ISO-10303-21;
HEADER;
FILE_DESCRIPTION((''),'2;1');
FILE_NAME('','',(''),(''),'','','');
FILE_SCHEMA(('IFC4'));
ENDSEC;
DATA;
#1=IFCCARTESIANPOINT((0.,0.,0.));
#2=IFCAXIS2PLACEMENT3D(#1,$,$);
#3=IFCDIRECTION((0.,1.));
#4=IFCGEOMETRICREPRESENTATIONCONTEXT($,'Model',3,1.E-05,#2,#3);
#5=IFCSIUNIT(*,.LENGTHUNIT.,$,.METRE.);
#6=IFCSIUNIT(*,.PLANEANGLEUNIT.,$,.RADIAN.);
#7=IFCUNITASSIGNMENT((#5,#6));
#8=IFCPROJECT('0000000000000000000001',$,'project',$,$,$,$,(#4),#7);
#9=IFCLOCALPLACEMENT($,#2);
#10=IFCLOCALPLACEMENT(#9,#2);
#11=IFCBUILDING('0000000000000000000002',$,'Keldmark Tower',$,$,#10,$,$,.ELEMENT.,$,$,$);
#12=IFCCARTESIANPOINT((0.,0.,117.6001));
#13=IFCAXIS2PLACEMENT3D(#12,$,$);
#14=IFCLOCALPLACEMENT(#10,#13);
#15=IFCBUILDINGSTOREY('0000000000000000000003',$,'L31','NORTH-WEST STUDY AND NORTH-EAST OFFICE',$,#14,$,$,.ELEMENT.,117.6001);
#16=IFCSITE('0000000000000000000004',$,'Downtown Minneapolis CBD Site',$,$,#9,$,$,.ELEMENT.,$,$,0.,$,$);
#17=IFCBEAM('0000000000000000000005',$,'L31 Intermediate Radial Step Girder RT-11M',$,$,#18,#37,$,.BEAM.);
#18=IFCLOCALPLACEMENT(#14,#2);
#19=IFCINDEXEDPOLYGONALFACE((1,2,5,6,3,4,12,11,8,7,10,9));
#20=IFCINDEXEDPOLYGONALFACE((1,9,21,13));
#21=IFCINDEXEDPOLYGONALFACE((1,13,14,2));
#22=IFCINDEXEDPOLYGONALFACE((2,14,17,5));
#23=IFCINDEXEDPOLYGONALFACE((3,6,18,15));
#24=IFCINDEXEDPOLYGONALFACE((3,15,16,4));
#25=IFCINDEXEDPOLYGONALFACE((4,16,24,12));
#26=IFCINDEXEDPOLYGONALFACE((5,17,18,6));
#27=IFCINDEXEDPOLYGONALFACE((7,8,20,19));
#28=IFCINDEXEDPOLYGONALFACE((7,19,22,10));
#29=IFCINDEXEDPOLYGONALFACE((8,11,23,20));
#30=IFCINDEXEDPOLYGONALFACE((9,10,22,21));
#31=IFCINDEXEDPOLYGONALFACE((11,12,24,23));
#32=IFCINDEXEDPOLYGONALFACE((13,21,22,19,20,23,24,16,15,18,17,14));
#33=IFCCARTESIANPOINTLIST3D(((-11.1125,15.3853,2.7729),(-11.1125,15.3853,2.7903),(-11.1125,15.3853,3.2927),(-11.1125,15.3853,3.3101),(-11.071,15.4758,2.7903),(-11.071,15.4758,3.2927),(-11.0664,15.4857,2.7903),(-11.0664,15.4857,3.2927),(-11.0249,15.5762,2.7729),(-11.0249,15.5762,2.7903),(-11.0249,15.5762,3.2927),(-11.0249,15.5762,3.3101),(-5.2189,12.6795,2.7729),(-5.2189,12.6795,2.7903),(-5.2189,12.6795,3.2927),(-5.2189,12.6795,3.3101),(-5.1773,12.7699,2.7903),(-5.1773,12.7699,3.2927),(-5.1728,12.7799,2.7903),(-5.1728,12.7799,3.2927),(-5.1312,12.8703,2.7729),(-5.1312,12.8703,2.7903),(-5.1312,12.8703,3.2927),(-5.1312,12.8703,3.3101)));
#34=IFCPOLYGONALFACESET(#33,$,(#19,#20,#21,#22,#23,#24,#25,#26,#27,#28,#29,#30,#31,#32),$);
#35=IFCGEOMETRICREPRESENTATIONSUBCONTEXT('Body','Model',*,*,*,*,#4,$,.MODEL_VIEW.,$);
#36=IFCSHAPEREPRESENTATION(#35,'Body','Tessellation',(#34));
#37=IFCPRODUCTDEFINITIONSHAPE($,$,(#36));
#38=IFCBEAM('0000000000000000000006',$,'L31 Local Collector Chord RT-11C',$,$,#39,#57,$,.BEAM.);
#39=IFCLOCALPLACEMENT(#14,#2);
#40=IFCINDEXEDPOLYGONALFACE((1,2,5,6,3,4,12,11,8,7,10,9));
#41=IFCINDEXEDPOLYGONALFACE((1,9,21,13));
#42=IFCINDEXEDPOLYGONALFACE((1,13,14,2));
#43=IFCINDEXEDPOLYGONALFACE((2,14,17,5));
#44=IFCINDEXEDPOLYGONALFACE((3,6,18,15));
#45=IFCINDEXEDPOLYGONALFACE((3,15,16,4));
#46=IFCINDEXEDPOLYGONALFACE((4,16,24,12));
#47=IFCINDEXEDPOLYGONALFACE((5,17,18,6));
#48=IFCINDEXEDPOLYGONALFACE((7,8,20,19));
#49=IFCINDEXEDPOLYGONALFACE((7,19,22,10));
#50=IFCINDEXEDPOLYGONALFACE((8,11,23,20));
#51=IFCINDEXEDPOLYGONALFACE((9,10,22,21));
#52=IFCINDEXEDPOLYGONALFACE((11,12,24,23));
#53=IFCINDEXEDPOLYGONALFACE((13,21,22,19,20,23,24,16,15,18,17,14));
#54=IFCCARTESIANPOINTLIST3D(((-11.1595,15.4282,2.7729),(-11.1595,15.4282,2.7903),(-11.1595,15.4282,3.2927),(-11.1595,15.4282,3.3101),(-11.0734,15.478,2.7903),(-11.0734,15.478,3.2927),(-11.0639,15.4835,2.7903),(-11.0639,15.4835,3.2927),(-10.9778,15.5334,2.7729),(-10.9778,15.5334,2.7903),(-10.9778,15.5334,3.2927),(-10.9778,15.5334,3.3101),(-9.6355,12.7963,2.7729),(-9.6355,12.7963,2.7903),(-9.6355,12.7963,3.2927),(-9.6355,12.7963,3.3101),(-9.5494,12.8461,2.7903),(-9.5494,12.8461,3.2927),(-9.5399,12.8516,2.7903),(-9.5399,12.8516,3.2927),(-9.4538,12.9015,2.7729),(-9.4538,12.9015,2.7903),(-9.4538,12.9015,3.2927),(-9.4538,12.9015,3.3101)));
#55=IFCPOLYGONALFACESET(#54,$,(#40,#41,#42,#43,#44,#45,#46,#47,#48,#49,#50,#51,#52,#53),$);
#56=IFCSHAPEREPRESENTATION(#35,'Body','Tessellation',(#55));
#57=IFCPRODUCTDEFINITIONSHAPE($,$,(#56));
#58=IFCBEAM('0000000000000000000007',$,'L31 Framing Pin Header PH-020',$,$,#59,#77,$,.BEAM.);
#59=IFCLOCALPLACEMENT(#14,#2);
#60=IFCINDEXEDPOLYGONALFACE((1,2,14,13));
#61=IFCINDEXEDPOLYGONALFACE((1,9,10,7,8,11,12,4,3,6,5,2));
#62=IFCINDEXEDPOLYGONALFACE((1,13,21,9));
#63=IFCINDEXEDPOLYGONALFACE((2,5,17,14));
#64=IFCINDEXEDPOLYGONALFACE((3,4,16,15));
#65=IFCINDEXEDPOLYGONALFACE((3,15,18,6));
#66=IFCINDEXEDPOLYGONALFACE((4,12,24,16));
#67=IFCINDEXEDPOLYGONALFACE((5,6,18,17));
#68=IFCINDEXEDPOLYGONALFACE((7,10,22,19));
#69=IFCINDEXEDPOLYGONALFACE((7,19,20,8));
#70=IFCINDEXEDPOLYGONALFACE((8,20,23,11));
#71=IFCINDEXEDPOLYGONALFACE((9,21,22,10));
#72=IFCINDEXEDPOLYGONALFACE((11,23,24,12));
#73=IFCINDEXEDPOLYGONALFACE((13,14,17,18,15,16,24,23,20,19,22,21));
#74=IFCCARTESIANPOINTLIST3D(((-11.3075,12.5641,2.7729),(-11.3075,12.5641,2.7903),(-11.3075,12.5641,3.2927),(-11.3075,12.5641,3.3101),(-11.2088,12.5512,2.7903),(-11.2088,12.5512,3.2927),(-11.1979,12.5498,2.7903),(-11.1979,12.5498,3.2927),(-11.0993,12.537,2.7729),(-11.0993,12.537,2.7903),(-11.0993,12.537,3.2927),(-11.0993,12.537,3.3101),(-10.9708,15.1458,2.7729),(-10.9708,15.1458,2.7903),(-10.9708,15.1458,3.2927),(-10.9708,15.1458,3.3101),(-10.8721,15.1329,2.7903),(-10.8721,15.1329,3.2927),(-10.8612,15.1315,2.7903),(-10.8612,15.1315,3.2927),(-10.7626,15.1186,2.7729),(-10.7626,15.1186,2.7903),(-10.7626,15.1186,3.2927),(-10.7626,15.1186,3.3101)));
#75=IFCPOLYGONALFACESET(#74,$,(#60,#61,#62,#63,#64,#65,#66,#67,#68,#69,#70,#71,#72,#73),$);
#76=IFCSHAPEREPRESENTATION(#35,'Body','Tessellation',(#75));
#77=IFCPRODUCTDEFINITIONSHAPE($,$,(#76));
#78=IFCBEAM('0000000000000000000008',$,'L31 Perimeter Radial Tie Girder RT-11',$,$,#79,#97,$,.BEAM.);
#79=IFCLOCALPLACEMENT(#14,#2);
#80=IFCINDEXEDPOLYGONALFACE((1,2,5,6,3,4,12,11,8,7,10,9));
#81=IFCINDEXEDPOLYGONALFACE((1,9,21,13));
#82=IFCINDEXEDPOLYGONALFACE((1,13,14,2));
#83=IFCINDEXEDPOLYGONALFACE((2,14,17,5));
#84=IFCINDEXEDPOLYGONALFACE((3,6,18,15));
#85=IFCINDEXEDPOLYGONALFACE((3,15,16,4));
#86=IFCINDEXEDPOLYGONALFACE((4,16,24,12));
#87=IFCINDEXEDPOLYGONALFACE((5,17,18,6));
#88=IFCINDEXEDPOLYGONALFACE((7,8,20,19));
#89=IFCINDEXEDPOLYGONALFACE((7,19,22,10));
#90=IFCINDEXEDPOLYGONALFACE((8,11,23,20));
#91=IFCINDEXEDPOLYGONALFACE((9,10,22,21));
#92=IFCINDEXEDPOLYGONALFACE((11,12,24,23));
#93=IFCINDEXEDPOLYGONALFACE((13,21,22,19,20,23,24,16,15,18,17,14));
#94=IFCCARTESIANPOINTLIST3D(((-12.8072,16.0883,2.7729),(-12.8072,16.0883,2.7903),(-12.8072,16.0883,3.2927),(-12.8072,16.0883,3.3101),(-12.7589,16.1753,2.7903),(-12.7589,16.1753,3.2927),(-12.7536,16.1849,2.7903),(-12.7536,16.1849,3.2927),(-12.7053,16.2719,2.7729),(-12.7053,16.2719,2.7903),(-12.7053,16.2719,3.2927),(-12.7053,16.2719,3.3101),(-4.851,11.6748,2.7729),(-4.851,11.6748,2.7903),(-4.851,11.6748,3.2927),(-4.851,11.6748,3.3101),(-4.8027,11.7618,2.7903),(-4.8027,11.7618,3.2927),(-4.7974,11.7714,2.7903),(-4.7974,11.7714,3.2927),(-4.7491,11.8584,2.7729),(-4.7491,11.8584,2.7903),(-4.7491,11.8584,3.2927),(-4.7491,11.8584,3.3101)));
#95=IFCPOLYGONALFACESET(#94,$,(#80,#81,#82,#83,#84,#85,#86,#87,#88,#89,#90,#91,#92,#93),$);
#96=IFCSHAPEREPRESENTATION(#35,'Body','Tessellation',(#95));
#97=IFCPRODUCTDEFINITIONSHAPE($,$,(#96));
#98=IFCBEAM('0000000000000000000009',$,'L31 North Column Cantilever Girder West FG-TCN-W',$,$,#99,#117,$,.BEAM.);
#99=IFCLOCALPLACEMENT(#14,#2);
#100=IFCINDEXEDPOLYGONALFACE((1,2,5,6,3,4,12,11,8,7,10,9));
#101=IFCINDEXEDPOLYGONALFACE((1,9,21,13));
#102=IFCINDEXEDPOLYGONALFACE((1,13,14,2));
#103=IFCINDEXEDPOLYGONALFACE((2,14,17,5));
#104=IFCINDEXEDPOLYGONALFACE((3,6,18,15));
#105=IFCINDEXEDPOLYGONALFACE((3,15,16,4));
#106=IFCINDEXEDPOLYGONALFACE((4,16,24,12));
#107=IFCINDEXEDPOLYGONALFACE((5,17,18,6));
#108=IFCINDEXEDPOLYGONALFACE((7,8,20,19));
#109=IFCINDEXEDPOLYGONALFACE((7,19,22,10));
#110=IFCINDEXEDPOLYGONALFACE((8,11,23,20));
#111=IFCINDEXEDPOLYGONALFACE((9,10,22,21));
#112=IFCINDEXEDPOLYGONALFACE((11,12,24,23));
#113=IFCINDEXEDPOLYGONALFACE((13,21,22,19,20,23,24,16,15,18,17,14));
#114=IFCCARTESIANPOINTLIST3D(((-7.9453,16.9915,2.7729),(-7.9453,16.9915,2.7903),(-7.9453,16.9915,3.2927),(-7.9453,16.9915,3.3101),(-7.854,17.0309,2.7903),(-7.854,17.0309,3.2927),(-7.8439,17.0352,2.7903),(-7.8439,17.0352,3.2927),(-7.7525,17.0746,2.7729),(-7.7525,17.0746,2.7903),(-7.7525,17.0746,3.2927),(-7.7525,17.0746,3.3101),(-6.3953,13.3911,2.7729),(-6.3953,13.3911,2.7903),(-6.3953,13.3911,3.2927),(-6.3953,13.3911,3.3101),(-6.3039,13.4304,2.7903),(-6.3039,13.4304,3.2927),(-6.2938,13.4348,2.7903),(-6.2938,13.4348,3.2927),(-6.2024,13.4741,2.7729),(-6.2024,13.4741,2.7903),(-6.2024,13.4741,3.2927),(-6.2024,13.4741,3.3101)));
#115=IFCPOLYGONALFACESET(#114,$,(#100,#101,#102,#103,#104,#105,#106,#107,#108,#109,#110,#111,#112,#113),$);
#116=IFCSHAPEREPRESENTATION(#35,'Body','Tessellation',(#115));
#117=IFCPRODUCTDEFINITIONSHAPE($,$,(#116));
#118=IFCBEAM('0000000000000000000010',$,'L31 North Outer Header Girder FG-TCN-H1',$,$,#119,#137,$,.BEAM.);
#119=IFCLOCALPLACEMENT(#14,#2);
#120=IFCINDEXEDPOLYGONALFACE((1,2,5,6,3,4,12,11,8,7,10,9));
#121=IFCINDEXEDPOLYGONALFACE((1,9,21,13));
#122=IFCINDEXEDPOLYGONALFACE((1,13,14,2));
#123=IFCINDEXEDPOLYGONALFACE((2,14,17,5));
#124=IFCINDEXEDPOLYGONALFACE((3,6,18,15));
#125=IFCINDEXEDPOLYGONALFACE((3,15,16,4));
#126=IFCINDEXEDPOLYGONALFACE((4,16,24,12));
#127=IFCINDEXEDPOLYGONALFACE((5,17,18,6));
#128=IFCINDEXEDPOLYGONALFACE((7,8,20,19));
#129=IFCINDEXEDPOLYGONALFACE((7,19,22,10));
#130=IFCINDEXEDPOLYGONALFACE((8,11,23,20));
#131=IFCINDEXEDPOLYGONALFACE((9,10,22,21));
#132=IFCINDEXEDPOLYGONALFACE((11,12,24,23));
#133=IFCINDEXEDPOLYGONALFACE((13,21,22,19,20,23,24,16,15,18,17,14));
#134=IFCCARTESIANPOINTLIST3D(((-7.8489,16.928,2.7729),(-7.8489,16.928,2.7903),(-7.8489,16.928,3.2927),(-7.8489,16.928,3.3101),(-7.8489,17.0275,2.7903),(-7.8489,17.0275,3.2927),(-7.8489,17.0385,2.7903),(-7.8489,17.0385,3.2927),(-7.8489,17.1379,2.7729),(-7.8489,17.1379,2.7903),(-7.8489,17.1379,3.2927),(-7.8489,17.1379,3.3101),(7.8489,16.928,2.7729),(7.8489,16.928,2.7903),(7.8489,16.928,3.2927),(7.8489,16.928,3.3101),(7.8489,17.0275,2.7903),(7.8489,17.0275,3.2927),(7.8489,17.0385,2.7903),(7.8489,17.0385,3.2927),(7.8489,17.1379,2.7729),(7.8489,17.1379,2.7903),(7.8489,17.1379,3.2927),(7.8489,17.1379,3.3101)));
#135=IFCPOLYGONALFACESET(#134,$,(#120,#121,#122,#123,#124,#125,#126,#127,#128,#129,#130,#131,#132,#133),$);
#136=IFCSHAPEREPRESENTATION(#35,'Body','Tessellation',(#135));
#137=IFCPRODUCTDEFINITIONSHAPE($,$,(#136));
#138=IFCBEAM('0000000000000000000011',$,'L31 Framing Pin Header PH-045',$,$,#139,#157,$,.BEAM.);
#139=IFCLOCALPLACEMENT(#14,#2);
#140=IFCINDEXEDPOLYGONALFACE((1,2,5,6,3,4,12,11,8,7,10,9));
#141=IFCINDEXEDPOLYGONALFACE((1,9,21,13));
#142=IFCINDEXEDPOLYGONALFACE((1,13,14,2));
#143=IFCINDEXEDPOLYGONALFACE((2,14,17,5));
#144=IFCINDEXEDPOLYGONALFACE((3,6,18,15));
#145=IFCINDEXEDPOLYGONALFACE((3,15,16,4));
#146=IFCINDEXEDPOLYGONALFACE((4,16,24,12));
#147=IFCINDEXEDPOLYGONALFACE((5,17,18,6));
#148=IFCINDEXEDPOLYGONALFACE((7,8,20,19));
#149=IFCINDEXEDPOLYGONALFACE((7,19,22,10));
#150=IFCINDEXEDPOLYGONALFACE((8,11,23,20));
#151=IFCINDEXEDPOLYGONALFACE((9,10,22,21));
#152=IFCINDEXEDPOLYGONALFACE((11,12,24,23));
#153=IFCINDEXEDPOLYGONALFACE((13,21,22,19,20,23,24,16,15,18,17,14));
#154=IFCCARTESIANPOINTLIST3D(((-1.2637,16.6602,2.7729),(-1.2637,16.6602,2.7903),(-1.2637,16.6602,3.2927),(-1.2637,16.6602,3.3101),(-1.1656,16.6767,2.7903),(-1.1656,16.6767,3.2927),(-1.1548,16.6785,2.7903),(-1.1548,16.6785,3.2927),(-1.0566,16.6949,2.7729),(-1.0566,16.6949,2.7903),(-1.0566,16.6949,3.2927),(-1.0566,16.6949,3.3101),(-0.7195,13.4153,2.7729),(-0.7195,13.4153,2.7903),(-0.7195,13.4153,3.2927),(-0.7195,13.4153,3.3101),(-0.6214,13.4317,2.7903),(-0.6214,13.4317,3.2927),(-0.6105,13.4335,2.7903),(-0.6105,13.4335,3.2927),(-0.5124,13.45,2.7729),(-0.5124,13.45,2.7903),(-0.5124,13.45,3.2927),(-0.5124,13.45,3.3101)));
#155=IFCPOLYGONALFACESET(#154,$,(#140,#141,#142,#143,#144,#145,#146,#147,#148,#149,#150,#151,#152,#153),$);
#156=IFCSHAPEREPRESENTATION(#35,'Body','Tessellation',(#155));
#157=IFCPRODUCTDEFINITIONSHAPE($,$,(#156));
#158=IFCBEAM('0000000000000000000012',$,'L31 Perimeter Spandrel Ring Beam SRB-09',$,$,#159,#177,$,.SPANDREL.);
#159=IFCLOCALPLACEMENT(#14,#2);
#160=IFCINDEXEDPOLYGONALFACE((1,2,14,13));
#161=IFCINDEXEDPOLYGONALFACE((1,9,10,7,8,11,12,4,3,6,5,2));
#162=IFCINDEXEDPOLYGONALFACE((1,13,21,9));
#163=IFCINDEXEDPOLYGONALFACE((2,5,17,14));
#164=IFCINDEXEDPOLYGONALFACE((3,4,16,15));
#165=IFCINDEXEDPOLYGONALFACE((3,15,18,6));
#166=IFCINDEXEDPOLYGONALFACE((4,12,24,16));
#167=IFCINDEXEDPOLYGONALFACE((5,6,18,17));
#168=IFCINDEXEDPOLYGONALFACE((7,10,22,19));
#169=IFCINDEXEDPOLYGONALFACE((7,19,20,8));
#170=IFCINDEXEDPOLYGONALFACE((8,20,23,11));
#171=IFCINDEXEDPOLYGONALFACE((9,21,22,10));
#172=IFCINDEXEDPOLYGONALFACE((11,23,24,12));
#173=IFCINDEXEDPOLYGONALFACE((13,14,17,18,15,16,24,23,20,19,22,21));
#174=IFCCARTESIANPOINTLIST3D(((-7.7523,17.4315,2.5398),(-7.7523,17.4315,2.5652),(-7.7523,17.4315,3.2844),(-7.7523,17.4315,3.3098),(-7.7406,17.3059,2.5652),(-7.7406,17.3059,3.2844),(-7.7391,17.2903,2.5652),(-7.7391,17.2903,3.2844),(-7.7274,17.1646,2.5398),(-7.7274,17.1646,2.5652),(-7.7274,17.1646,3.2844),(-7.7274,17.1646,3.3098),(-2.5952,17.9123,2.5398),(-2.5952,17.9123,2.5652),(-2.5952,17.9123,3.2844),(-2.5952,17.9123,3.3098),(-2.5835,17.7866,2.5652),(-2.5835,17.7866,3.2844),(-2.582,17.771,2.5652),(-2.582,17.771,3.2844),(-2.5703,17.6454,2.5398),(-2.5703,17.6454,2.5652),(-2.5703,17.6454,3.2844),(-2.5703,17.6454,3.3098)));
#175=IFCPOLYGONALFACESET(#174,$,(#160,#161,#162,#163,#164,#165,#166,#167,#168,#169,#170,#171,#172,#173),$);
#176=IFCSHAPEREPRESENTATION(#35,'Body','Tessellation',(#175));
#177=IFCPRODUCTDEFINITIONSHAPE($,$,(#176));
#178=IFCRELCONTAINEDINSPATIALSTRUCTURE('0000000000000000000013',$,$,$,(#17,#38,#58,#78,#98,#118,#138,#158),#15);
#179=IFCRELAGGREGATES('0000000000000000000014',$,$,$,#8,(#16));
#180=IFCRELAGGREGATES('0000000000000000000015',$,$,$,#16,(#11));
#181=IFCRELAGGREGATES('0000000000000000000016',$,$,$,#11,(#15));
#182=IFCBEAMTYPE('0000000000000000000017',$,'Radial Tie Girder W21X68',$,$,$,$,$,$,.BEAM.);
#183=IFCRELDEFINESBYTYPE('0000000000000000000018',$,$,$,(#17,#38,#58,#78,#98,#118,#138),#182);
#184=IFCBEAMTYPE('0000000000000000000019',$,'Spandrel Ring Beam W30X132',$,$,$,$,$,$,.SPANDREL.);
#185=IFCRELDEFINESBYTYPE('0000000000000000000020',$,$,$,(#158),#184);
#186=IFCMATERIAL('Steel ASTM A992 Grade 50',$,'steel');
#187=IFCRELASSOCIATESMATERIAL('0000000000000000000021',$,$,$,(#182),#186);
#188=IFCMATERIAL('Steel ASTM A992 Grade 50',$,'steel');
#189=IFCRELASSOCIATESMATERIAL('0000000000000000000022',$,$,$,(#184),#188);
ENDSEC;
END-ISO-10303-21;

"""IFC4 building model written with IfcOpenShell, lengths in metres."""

from ifc_helpers import new_model, si_unit, direction, frame, origin, origin_2d, place, context, subcontext, project, spatial, i_section, extrude, material, material_profile, profile_set, type_object, element, save


model = new_model("IFC4")

# Units and contexts
model_context = context("Model", 3, precision=1e-05, world=origin(), true_north=direction((0.0, 1.0)))
body_context = subcontext(model_context, "Body", "Model", "MODEL_VIEW")
ifc_project = project(units=[si_unit("LENGTHUNIT", "METRE"), si_unit("PLANEANGLEUNIT", "RADIAN")], contexts=[model_context])

# Site, building, storey
site_placement = place(None, origin())
site = spatial("IfcSite", under=ifc_project, at=site_placement, Name="Downtown Minneapolis CBD Site", CompositionType="ELEMENT", RefElevation=0.0)
building_placement = place(site_placement, origin())
building = spatial("IfcBuilding", under=site, at=building_placement, Name="Keldmark Tower", CompositionType="ELEMENT")
storey_placement = place(building_placement, frame((0.0, 0.0, 117.6001)))
storey = spatial("IfcBuildingStorey", under=building, at=storey_placement, Name="L31", Description="NORTH-WEST STUDY AND NORTH-EAST OFFICE", CompositionType="ELEMENT", Elevation=117.6001)

# Beams
ifc_material_1 = material(Name="Steel ASTM A992 Grade 50", Category="steel")
ifc_material_profile_1 = material_profile(ifc_material_1, i_section(OverallWidth=0.21, OverallDepth=0.5371, WebThickness=0.011, FlangeThickness=0.0173, at=origin_2d()), Name="W21X68")
ifc_profile_set_1 = profile_set([ifc_material_profile_1], Name="Steel ASTM A992 Grade 50")
beam_type_1 = type_object("IfcBeamType", Name="Radial Tie Girder W21X68", PredefinedType="BEAM", material=ifc_profile_set_1)
beam_1_placement = place(storey_placement, frame((-5.175, 12.7749, 3.0415), z_axis=(-0.908796, 0.417241, 0.0), x_axis=(-0.417241, -0.908796, 0.0)))
element("IfcBeam", 1, at=beam_1_placement, inside=storey, type_object=beam_type_1, Name="L31 Intermediate Radial Step Girder RT-11M", PredefinedType="BEAM", context=body_context, shape_type="SweptSolid", body=[
    extrude(i_section(OverallWidth=0.21, OverallDepth=0.5371, WebThickness=0.011, FlangeThickness=0.0173, at=origin_2d()), origin(), (0.0, 0.0, 1.0), 6.4851),
])
beam_2_placement = place(storey_placement, frame((-9.5447, 12.8489, 3.0415), z_axis=(-0.501093, 0.865393, 0.0), x_axis=(-0.865393, -0.501093, 0.0)))
element("IfcBeam", 2, at=beam_2_placement, inside=storey, type_object=beam_type_1, Name="L31 Local Collector Chord RT-11C", PredefinedType="BEAM", context=body_context, shape_type="SweptSolid", body=[
    extrude(i_section(OverallWidth=0.21, OverallDepth=0.5371, WebThickness=0.011, FlangeThickness=0.0173, at=origin_2d()), origin(), (0.0, 0.0, 1.0), 3.0413),
])
beam_3_placement = place(storey_placement, frame((-11.2034, 12.5505, 3.0415), z_axis=(0.129319, 0.991603, 0.0), x_axis=(-0.991603, 0.129319, 0.0)))
element("IfcBeam", 3, at=beam_3_placement, inside=storey, type_object=beam_type_1, Name="L31 Framing Pin Header PH-020", PredefinedType="BEAM", context=body_context, shape_type="SweptSolid", body=[
    extrude(i_section(OverallWidth=0.21, OverallDepth=0.5371, WebThickness=0.011, FlangeThickness=0.0173, at=origin_2d()), origin(), (0.0, 0.0, 1.0), 2.6035),
])
beam_4_placement = place(storey_placement, frame((-4.8, 11.7666, 3.0415), z_axis=(-0.874465, 0.485089, 0.0), x_axis=(-0.485089, -0.874465, 0.0)))
element("IfcBeam", 4, at=beam_4_placement, inside=storey, type_object=beam_type_1, Name="L31 Perimeter Radial Tie Girder RT-11", PredefinedType="BEAM", context=body_context, shape_type="SweptSolid", body=[
    extrude(i_section(OverallWidth=0.21, OverallDepth=0.5371, WebThickness=0.011, FlangeThickness=0.0173, at=origin_2d()), origin(), (0.0, 0.0, 1.0), 9.0984),
])
beam_5_placement = place(storey_placement, frame((-6.2988, 13.4326, 3.0415), z_axis=(-0.395437, 0.918493, 0.0), x_axis=(-0.918493, -0.395437, 0.0)))
element("IfcBeam", 5, at=beam_5_placement, inside=storey, type_object=beam_type_1, Name="L31 North Column Cantilever Girder West FG-TCN-W", PredefinedType="BEAM", context=body_context, shape_type="SweptSolid", body=[
    extrude(i_section(OverallWidth=0.21, OverallDepth=0.5371, WebThickness=0.011, FlangeThickness=0.0173, at=origin_2d()), origin(), (0.0, 0.0, 1.0), 3.9199),
])
beam_6_placement = place(storey_placement, frame((-7.8489, 17.033, 3.0415), z_axis=(1.0, 0.0, 0.0), x_axis=(0.0, 1.0, 0.0)))
element("IfcBeam", 6, at=beam_6_placement, inside=storey, type_object=beam_type_1, Name="L31 North Outer Header Girder FG-TCN-H1", PredefinedType="BEAM", context=body_context, shape_type="SweptSolid", body=[
    extrude(i_section(OverallWidth=0.21, OverallDepth=0.5371, WebThickness=0.011, FlangeThickness=0.0173, at=origin_2d()), origin(), (0.0, 0.0, 1.0), 15.6978),
])
beam_7_placement = place(storey_placement, frame((-0.616, 13.4326, 3.0415), z_axis=(-0.165398, 0.986227, 0.0), x_axis=(-0.986227, -0.165398, 0.0)))
element("IfcBeam", 7, at=beam_7_placement, inside=storey, type_object=beam_type_1, Name="L31 Framing Pin Header PH-045", PredefinedType="BEAM", context=body_context, shape_type="SweptSolid", body=[
    extrude(i_section(OverallWidth=0.21, OverallDepth=0.5371, WebThickness=0.011, FlangeThickness=0.0173, at=origin_2d()), origin(), (0.0, 0.0, 1.0), 3.2903),
])
ifc_material_2 = material(Name="Steel ASTM A992 Grade 50", Category="steel")
ifc_material_profile_2 = material_profile(ifc_material_2, i_section(OverallWidth=0.2681, OverallDepth=0.77, WebThickness=0.0156, FlangeThickness=0.0254, at=origin_2d()), Name="W30X132")
ifc_profile_set_2 = profile_set([ifc_material_profile_2], Name="Steel ASTM A992 Grade 50")
beam_type_2 = type_object("IfcBeamType", Name="Spandrel Ring Beam W30X132", PredefinedType="SPANDREL", material=ifc_profile_set_2)
beam_8_placement = place(storey_placement, frame((-2.5828, 17.7788, 2.9248), z_axis=(-0.995684, -0.092814, 0.0), x_axis=(0.092814, -0.995684, 0.0)))
element("IfcBeam", 8, at=beam_8_placement, inside=storey, type_object=beam_type_2, Name="L31 Perimeter Spandrel Ring Beam SRB-09", PredefinedType="SPANDREL", context=body_context, shape_type="SweptSolid", body=[
    extrude(i_section(OverallWidth=0.2681, OverallDepth=0.77, WebThickness=0.0156, FlangeThickness=0.0254, at=origin_2d()), origin(), (0.0, 0.0, 1.0), 5.1794),
])

save(model, "model.ifc")
